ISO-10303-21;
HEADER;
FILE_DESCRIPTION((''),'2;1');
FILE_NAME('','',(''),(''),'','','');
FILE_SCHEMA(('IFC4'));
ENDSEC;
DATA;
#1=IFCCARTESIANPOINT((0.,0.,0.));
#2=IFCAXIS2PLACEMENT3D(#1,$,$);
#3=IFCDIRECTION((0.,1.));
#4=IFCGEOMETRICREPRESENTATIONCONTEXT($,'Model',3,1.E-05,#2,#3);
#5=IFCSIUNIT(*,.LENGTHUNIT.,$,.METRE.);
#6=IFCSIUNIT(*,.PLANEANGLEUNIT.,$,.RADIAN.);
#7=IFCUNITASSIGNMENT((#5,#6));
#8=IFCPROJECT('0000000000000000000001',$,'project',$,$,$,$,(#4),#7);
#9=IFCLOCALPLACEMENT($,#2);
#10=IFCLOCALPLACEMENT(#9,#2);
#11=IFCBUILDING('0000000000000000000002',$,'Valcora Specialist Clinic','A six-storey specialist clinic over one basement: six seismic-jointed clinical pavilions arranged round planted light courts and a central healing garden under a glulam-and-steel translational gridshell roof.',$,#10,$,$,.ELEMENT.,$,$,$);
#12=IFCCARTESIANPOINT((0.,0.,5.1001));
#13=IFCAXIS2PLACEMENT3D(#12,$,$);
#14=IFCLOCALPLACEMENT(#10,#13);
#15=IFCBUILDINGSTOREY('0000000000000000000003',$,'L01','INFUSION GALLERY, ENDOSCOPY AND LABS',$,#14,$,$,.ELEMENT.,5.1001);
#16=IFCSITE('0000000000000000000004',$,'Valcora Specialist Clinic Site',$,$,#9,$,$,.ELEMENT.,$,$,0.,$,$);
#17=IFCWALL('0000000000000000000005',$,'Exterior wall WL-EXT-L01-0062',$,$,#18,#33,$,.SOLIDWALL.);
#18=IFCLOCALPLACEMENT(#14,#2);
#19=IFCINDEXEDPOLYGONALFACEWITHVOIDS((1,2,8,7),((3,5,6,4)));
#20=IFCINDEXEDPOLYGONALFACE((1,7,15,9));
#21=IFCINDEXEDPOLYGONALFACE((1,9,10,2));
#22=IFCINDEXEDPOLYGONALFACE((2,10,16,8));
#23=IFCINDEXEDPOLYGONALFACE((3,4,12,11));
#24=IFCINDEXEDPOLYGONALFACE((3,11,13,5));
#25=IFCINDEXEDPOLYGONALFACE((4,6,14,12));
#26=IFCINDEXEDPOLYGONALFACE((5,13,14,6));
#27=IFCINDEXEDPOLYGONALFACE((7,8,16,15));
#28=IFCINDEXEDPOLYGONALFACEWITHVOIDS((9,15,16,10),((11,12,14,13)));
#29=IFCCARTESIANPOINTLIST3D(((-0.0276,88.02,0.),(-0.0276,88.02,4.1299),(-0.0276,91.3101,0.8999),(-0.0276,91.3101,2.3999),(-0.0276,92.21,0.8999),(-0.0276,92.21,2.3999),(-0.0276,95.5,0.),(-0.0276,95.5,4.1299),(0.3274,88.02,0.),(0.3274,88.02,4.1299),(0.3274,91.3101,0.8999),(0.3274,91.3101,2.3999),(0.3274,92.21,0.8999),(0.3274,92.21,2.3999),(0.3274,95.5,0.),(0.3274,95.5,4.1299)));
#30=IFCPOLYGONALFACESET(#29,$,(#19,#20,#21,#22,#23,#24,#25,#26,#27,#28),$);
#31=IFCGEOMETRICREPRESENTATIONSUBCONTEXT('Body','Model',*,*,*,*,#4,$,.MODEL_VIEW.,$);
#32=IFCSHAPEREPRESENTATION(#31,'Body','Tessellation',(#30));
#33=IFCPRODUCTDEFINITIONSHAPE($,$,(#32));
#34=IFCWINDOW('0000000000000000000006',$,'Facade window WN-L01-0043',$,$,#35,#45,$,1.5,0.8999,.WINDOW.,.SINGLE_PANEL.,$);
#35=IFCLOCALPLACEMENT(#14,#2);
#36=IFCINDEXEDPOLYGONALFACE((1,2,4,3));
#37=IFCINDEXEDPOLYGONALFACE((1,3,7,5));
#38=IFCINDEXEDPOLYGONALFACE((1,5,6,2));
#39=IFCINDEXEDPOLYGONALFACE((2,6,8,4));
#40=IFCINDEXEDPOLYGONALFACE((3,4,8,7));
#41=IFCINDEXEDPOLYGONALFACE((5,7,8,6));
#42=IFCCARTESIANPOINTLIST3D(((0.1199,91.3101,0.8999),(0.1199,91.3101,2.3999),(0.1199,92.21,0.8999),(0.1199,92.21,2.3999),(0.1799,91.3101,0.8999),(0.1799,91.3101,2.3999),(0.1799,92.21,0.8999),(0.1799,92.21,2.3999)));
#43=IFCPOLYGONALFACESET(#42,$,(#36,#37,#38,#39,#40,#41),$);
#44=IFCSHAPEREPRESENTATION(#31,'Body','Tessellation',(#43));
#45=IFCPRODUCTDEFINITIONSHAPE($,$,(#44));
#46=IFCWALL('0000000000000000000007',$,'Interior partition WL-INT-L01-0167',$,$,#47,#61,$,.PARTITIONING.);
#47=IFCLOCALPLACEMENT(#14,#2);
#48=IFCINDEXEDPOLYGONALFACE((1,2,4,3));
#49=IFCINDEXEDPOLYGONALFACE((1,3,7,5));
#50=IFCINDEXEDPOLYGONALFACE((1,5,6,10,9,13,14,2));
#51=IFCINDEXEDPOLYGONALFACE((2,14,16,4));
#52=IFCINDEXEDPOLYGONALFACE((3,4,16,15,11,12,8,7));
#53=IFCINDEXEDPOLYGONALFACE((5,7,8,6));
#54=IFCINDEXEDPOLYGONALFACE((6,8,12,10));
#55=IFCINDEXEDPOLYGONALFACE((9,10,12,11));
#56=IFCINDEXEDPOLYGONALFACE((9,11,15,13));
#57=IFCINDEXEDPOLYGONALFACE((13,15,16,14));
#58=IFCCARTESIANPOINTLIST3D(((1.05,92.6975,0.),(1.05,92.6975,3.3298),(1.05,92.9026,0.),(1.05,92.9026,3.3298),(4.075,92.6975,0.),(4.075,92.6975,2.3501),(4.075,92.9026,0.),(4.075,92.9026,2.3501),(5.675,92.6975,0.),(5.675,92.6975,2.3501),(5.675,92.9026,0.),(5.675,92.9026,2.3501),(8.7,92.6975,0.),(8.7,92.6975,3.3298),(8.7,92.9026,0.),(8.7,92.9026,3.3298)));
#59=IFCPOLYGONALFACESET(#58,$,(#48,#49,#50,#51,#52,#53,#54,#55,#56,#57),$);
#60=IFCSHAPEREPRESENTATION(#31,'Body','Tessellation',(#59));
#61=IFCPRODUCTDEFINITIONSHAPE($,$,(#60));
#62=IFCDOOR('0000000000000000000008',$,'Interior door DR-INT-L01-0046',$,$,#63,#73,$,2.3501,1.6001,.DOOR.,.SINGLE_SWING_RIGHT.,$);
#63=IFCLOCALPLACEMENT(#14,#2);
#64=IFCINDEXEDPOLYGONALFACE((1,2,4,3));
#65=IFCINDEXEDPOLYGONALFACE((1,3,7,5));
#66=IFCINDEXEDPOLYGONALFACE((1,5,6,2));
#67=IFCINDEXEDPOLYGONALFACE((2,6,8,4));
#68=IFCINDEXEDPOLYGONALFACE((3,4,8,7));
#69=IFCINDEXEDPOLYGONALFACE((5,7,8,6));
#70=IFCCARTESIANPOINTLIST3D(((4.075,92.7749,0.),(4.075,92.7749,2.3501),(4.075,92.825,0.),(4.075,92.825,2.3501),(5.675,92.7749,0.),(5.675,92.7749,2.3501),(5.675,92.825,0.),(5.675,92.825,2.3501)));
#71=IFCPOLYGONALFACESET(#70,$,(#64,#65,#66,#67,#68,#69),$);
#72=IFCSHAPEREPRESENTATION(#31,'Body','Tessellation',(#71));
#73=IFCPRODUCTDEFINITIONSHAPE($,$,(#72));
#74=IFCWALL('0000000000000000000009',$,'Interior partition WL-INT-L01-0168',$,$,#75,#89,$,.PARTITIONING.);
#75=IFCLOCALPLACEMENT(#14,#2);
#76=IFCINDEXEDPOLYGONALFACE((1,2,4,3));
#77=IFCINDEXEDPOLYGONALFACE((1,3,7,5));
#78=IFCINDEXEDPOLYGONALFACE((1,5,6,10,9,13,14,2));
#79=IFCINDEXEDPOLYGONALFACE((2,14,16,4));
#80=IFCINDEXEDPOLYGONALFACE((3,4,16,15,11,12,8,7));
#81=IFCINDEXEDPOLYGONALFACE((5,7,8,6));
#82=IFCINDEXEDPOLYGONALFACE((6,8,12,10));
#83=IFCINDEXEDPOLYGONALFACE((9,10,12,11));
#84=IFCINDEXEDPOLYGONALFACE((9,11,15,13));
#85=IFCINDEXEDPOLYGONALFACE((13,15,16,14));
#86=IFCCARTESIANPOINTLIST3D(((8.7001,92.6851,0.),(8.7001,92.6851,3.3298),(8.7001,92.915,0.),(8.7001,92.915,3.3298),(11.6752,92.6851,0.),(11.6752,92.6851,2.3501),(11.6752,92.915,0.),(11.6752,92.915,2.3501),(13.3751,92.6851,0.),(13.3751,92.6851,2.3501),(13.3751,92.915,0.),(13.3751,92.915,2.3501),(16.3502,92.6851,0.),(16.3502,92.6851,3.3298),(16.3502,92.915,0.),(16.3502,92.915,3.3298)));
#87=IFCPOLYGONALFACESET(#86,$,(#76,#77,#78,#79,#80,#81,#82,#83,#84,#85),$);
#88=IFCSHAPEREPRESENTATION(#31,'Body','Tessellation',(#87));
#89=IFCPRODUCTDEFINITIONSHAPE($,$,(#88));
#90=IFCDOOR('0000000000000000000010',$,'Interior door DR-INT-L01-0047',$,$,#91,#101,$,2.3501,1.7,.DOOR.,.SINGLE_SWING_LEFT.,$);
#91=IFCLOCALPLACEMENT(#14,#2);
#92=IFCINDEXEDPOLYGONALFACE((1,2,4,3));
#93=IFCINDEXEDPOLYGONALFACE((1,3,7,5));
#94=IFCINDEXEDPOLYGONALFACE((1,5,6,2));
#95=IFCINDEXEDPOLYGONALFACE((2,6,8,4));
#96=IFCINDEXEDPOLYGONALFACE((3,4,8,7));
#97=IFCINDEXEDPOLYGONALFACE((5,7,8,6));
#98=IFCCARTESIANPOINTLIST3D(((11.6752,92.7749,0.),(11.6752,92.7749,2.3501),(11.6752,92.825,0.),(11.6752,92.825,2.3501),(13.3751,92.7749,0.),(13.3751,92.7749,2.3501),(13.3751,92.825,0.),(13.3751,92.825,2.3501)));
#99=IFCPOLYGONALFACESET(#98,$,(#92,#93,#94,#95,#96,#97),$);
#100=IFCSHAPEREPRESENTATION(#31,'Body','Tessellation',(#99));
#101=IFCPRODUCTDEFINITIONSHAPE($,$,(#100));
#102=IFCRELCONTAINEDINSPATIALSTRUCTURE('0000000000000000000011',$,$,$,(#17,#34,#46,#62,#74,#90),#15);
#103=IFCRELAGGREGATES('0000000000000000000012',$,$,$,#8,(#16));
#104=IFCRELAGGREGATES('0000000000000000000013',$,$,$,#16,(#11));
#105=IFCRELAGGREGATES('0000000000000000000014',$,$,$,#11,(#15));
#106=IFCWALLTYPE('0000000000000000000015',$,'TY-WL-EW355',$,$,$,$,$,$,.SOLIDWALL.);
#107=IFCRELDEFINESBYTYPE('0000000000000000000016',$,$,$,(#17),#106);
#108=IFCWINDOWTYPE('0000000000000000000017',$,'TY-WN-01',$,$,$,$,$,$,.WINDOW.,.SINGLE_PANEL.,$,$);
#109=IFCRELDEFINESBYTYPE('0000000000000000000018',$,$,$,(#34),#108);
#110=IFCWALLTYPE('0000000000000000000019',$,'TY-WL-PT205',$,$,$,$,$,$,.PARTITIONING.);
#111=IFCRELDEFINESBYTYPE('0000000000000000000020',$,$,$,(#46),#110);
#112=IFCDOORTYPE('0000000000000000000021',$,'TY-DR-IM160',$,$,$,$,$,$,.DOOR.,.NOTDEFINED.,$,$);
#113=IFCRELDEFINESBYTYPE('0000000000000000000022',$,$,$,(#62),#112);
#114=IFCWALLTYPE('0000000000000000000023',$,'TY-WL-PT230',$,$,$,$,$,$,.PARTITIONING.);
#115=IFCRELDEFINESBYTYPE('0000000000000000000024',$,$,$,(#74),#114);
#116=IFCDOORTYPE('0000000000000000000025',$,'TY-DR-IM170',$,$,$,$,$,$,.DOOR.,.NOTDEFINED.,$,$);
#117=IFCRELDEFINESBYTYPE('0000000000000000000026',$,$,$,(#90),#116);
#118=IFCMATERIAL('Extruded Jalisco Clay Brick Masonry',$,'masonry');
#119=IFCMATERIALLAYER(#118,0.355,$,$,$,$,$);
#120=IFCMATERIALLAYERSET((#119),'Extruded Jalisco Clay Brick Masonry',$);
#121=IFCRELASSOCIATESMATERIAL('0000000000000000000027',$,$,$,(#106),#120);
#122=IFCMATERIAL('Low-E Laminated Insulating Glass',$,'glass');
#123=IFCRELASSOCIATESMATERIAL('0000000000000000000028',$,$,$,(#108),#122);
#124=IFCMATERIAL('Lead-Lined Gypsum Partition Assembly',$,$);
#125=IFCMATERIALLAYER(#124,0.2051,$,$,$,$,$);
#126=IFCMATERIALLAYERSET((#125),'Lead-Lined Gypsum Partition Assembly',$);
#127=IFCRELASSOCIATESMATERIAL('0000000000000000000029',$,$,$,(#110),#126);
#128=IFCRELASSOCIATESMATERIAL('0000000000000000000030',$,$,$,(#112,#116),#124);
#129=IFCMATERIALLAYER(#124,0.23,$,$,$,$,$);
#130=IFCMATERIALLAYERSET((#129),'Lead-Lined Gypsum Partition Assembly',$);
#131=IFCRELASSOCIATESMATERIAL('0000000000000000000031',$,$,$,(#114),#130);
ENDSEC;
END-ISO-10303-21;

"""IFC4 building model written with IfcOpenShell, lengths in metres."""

from ifc_helpers import new_model, si_unit, direction, frame, frame_2d, origin, place, context, subcontext, project, spatial, rectangle, extrude, material, layer, layer_set, type_object, element, fill, save


model = new_model("IFC4")

# Units and contexts
model_context = context("Model", 3, precision=1e-05, world=origin(), true_north=direction((0.0, 1.0)))
body_context = subcontext(model_context, "Body", "Model", "MODEL_VIEW")
ifc_project = project(units=[si_unit("LENGTHUNIT", "METRE"), si_unit("PLANEANGLEUNIT", "RADIAN")], contexts=[model_context])

# Site, building, storey
site_placement = place(None, origin())
site = spatial("IfcSite", under=ifc_project, at=site_placement, Name="Valcora Specialist Clinic Site", CompositionType="ELEMENT", RefElevation=0.0)
building_placement = place(site_placement, origin())
building = spatial("IfcBuilding", under=site, at=building_placement, Name="Valcora Specialist Clinic", Description="A six-storey specialist clinic over one basement: six seismic-jointed clinical pavilions arranged round planted light courts and a central healing garden under a glulam-and-steel translational gridshell roof.", CompositionType="ELEMENT")
storey_placement = place(building_placement, frame((0.0, 0.0, 5.1001)))
storey = spatial("IfcBuildingStorey", under=building, at=storey_placement, Name="L01", Description="INFUSION GALLERY, ENDOSCOPY AND LABS", CompositionType="ELEMENT", Elevation=5.1001)

# Wall, opening, window
ifc_material_1 = material(Name="Extruded Jalisco Clay Brick Masonry", Category="masonry")
ifc_material_2 = material(Name="Low-E Laminated Insulating Glass", Category="glass")
ifc_layer_1 = layer(ifc_material_1, 0.355)
ifc_layer_set_1 = layer_set([ifc_layer_1], Name="Extruded Jalisco Clay Brick Masonry")
wall_type_1 = type_object("IfcWallType", Name="TY-WL-EW355", PredefinedType="SOLIDWALL", material=ifc_layer_set_1)
wall_1_placement = place(storey_placement, frame((0.1499, 88.02, 0.0), z_axis=(0.0, 0.0, 1.0), x_axis=(0.0, 1.0, 0.0)))
wall_1 = element("IfcWall", 1, at=wall_1_placement, inside=storey, type_object=wall_type_1, Name="Exterior wall WL-EXT-L01-0062", PredefinedType="SOLIDWALL", context=body_context, shape_type="SweptSolid", body=[
    extrude(rectangle(XDim=7.48, YDim=0.355, at=frame_2d((3.74, 0.0))), origin(), (0.0, 0.0, 1.0), 4.1299),
])
opening_1_placement = place(wall_1_placement, frame((3.29, 0.0, 0.8999)))
opening_1 = element("IfcOpeningElement", 2, at=opening_1_placement, cuts=wall_1, PredefinedType="OPENING", context=body_context, shape_type="SweptSolid", body=[
    extrude(rectangle(XDim=0.8999, YDim=1.5, at=frame_2d((0.45, 0.75))), frame((0.0, 0.1875, 0.0), z_axis=(0.0, -1.0, 0.0), x_axis=(1.0, 0.0, 0.0)), (0.0, 0.0, 1.0), 0.375),
])
window_type_1 = type_object("IfcWindowType", Name="TY-WN-01", PartitioningType="SINGLE_PANEL", PredefinedType="WINDOW", material=ifc_material_2)
window_1_placement = place(opening_1_placement, origin())
window_1 = element("IfcWindow", 3, at=window_1_placement, inside=storey, type_object=window_type_1, Name="Facade window WN-L01-0043", OverallHeight=1.5, OverallWidth=0.8999, PartitioningType="SINGLE_PANEL", PredefinedType="WINDOW", context=body_context, shape_type="SweptSolid", body=[
    extrude(rectangle(XDim=0.8999, YDim=1.5, at=frame_2d((0.45, 0.75))), frame((0.0, 0.03, 0.0), z_axis=(0.0, -1.0, 0.0), x_axis=(1.0, 0.0, 0.0)), (0.0, 0.0, 1.0), 0.0601),
])
fill(opening_1, window_1)

# Walls, openings, doors
ifc_material_3 = material(Name="Lead-Lined Gypsum Partition Assembly")
ifc_layer_2 = layer(ifc_material_3, 0.2051)
ifc_layer_set_2 = layer_set([ifc_layer_2], Name="Lead-Lined Gypsum Partition Assembly")
wall_type_2 = type_object("IfcWallType", Name="TY-WL-PT205", PredefinedType="PARTITIONING", material=ifc_layer_set_2)
wall_2_placement = place(storey_placement, frame((1.05, 92.8, 0.0), z_axis=(0.0, 0.0, 1.0), x_axis=(1.0, 0.0, 0.0)))
wall_2 = element("IfcWall", 4, at=wall_2_placement, inside=storey, type_object=wall_type_2, Name="Interior partition WL-INT-L01-0167", PredefinedType="PARTITIONING", context=body_context, shape_type="SweptSolid", body=[
    extrude(rectangle(XDim=7.6499, YDim=0.2051, at=frame_2d((3.825, 0.0))), origin(), (0.0, 0.0, 1.0), 3.3298),
])
opening_2_placement = place(wall_2_placement, frame((3.0249, 0.0, 0.0)))
opening_2 = element("IfcOpeningElement", 5, at=opening_2_placement, cuts=wall_2, PredefinedType="OPENING", context=body_context, shape_type="SweptSolid", body=[
    extrude(rectangle(XDim=1.6001, YDim=2.3501, at=frame_2d((0.8, 1.175))), frame((0.0, 0.1125, 0.0), z_axis=(0.0, -1.0, 0.0), x_axis=(1.0, 0.0, 0.0)), (0.0, 0.0, 1.0), 0.2251),
])
door_type_1 = type_object("IfcDoorType", Name="TY-DR-IM160", OperationType="NOTDEFINED", PredefinedType="DOOR", material=ifc_material_3)
door_1_placement = place(opening_2_placement, origin())
door_1 = element("IfcDoor", 6, at=door_1_placement, inside=storey, type_object=door_type_1, Name="Interior door DR-INT-L01-0046", OperationType="SINGLE_SWING_RIGHT", OverallHeight=2.3501, OverallWidth=1.6001, PredefinedType="DOOR", context=body_context, shape_type="SweptSolid", body=[
    extrude(rectangle(XDim=1.6001, YDim=2.3501, at=frame_2d((0.8, 1.175))), frame((0.0, 0.0249, 0.0), z_axis=(0.0, -1.0, 0.0), x_axis=(1.0, 0.0, 0.0)), (0.0, 0.0, 1.0), 0.05),
])
fill(opening_2, door_1)
ifc_layer_3 = layer(ifc_material_3, 0.23)
ifc_layer_set_3 = layer_set([ifc_layer_3], Name="Lead-Lined Gypsum Partition Assembly")
wall_type_3 = type_object("IfcWallType", Name="TY-WL-PT230", PredefinedType="PARTITIONING", material=ifc_layer_set_3)
wall_3_placement = place(storey_placement, frame((8.7, 92.8, 0.0), z_axis=(0.0, 0.0, 1.0), x_axis=(1.0, 0.0, 0.0)))
wall_3 = element("IfcWall", 7, at=wall_3_placement, inside=storey, type_object=wall_type_3, Name="Interior partition WL-INT-L01-0168", PredefinedType="PARTITIONING", context=body_context, shape_type="SweptSolid", body=[
    extrude(rectangle(XDim=7.6501, YDim=0.23, at=frame_2d((3.8252, 0.0))), origin(), (0.0, 0.0, 1.0), 3.3298),
])
opening_3_placement = place(wall_3_placement, frame((2.9751, 0.0, 0.0)))
opening_3 = element("IfcOpeningElement", 8, at=opening_3_placement, cuts=wall_3, PredefinedType="OPENING", context=body_context, shape_type="SweptSolid", body=[
    extrude(rectangle(XDim=1.7, YDim=2.3501, at=frame_2d((0.8501, 1.175))), frame((0.0, 0.125, 0.0), z_axis=(0.0, -1.0, 0.0), x_axis=(1.0, 0.0, 0.0)), (0.0, 0.0, 1.0), 0.25),
])
door_type_2 = type_object("IfcDoorType", Name="TY-DR-IM170", OperationType="NOTDEFINED", PredefinedType="DOOR", material=ifc_material_3)
door_2_placement = place(opening_3_placement, origin())
door_2 = element("IfcDoor", 9, at=door_2_placement, inside=storey, type_object=door_type_2, Name="Interior door DR-INT-L01-0047", OperationType="SINGLE_SWING_LEFT", OverallHeight=2.3501, OverallWidth=1.7, PredefinedType="DOOR", context=body_context, shape_type="SweptSolid", body=[
    extrude(rectangle(XDim=1.7, YDim=2.3501, at=frame_2d((0.8501, 1.175))), frame((0.0, 0.0249, 0.0), z_axis=(0.0, -1.0, 0.0), x_axis=(1.0, 0.0, 0.0)), (0.0, 0.0, 1.0), 0.05),
])
fill(opening_3, door_2)

save(model, "model.ifc")
